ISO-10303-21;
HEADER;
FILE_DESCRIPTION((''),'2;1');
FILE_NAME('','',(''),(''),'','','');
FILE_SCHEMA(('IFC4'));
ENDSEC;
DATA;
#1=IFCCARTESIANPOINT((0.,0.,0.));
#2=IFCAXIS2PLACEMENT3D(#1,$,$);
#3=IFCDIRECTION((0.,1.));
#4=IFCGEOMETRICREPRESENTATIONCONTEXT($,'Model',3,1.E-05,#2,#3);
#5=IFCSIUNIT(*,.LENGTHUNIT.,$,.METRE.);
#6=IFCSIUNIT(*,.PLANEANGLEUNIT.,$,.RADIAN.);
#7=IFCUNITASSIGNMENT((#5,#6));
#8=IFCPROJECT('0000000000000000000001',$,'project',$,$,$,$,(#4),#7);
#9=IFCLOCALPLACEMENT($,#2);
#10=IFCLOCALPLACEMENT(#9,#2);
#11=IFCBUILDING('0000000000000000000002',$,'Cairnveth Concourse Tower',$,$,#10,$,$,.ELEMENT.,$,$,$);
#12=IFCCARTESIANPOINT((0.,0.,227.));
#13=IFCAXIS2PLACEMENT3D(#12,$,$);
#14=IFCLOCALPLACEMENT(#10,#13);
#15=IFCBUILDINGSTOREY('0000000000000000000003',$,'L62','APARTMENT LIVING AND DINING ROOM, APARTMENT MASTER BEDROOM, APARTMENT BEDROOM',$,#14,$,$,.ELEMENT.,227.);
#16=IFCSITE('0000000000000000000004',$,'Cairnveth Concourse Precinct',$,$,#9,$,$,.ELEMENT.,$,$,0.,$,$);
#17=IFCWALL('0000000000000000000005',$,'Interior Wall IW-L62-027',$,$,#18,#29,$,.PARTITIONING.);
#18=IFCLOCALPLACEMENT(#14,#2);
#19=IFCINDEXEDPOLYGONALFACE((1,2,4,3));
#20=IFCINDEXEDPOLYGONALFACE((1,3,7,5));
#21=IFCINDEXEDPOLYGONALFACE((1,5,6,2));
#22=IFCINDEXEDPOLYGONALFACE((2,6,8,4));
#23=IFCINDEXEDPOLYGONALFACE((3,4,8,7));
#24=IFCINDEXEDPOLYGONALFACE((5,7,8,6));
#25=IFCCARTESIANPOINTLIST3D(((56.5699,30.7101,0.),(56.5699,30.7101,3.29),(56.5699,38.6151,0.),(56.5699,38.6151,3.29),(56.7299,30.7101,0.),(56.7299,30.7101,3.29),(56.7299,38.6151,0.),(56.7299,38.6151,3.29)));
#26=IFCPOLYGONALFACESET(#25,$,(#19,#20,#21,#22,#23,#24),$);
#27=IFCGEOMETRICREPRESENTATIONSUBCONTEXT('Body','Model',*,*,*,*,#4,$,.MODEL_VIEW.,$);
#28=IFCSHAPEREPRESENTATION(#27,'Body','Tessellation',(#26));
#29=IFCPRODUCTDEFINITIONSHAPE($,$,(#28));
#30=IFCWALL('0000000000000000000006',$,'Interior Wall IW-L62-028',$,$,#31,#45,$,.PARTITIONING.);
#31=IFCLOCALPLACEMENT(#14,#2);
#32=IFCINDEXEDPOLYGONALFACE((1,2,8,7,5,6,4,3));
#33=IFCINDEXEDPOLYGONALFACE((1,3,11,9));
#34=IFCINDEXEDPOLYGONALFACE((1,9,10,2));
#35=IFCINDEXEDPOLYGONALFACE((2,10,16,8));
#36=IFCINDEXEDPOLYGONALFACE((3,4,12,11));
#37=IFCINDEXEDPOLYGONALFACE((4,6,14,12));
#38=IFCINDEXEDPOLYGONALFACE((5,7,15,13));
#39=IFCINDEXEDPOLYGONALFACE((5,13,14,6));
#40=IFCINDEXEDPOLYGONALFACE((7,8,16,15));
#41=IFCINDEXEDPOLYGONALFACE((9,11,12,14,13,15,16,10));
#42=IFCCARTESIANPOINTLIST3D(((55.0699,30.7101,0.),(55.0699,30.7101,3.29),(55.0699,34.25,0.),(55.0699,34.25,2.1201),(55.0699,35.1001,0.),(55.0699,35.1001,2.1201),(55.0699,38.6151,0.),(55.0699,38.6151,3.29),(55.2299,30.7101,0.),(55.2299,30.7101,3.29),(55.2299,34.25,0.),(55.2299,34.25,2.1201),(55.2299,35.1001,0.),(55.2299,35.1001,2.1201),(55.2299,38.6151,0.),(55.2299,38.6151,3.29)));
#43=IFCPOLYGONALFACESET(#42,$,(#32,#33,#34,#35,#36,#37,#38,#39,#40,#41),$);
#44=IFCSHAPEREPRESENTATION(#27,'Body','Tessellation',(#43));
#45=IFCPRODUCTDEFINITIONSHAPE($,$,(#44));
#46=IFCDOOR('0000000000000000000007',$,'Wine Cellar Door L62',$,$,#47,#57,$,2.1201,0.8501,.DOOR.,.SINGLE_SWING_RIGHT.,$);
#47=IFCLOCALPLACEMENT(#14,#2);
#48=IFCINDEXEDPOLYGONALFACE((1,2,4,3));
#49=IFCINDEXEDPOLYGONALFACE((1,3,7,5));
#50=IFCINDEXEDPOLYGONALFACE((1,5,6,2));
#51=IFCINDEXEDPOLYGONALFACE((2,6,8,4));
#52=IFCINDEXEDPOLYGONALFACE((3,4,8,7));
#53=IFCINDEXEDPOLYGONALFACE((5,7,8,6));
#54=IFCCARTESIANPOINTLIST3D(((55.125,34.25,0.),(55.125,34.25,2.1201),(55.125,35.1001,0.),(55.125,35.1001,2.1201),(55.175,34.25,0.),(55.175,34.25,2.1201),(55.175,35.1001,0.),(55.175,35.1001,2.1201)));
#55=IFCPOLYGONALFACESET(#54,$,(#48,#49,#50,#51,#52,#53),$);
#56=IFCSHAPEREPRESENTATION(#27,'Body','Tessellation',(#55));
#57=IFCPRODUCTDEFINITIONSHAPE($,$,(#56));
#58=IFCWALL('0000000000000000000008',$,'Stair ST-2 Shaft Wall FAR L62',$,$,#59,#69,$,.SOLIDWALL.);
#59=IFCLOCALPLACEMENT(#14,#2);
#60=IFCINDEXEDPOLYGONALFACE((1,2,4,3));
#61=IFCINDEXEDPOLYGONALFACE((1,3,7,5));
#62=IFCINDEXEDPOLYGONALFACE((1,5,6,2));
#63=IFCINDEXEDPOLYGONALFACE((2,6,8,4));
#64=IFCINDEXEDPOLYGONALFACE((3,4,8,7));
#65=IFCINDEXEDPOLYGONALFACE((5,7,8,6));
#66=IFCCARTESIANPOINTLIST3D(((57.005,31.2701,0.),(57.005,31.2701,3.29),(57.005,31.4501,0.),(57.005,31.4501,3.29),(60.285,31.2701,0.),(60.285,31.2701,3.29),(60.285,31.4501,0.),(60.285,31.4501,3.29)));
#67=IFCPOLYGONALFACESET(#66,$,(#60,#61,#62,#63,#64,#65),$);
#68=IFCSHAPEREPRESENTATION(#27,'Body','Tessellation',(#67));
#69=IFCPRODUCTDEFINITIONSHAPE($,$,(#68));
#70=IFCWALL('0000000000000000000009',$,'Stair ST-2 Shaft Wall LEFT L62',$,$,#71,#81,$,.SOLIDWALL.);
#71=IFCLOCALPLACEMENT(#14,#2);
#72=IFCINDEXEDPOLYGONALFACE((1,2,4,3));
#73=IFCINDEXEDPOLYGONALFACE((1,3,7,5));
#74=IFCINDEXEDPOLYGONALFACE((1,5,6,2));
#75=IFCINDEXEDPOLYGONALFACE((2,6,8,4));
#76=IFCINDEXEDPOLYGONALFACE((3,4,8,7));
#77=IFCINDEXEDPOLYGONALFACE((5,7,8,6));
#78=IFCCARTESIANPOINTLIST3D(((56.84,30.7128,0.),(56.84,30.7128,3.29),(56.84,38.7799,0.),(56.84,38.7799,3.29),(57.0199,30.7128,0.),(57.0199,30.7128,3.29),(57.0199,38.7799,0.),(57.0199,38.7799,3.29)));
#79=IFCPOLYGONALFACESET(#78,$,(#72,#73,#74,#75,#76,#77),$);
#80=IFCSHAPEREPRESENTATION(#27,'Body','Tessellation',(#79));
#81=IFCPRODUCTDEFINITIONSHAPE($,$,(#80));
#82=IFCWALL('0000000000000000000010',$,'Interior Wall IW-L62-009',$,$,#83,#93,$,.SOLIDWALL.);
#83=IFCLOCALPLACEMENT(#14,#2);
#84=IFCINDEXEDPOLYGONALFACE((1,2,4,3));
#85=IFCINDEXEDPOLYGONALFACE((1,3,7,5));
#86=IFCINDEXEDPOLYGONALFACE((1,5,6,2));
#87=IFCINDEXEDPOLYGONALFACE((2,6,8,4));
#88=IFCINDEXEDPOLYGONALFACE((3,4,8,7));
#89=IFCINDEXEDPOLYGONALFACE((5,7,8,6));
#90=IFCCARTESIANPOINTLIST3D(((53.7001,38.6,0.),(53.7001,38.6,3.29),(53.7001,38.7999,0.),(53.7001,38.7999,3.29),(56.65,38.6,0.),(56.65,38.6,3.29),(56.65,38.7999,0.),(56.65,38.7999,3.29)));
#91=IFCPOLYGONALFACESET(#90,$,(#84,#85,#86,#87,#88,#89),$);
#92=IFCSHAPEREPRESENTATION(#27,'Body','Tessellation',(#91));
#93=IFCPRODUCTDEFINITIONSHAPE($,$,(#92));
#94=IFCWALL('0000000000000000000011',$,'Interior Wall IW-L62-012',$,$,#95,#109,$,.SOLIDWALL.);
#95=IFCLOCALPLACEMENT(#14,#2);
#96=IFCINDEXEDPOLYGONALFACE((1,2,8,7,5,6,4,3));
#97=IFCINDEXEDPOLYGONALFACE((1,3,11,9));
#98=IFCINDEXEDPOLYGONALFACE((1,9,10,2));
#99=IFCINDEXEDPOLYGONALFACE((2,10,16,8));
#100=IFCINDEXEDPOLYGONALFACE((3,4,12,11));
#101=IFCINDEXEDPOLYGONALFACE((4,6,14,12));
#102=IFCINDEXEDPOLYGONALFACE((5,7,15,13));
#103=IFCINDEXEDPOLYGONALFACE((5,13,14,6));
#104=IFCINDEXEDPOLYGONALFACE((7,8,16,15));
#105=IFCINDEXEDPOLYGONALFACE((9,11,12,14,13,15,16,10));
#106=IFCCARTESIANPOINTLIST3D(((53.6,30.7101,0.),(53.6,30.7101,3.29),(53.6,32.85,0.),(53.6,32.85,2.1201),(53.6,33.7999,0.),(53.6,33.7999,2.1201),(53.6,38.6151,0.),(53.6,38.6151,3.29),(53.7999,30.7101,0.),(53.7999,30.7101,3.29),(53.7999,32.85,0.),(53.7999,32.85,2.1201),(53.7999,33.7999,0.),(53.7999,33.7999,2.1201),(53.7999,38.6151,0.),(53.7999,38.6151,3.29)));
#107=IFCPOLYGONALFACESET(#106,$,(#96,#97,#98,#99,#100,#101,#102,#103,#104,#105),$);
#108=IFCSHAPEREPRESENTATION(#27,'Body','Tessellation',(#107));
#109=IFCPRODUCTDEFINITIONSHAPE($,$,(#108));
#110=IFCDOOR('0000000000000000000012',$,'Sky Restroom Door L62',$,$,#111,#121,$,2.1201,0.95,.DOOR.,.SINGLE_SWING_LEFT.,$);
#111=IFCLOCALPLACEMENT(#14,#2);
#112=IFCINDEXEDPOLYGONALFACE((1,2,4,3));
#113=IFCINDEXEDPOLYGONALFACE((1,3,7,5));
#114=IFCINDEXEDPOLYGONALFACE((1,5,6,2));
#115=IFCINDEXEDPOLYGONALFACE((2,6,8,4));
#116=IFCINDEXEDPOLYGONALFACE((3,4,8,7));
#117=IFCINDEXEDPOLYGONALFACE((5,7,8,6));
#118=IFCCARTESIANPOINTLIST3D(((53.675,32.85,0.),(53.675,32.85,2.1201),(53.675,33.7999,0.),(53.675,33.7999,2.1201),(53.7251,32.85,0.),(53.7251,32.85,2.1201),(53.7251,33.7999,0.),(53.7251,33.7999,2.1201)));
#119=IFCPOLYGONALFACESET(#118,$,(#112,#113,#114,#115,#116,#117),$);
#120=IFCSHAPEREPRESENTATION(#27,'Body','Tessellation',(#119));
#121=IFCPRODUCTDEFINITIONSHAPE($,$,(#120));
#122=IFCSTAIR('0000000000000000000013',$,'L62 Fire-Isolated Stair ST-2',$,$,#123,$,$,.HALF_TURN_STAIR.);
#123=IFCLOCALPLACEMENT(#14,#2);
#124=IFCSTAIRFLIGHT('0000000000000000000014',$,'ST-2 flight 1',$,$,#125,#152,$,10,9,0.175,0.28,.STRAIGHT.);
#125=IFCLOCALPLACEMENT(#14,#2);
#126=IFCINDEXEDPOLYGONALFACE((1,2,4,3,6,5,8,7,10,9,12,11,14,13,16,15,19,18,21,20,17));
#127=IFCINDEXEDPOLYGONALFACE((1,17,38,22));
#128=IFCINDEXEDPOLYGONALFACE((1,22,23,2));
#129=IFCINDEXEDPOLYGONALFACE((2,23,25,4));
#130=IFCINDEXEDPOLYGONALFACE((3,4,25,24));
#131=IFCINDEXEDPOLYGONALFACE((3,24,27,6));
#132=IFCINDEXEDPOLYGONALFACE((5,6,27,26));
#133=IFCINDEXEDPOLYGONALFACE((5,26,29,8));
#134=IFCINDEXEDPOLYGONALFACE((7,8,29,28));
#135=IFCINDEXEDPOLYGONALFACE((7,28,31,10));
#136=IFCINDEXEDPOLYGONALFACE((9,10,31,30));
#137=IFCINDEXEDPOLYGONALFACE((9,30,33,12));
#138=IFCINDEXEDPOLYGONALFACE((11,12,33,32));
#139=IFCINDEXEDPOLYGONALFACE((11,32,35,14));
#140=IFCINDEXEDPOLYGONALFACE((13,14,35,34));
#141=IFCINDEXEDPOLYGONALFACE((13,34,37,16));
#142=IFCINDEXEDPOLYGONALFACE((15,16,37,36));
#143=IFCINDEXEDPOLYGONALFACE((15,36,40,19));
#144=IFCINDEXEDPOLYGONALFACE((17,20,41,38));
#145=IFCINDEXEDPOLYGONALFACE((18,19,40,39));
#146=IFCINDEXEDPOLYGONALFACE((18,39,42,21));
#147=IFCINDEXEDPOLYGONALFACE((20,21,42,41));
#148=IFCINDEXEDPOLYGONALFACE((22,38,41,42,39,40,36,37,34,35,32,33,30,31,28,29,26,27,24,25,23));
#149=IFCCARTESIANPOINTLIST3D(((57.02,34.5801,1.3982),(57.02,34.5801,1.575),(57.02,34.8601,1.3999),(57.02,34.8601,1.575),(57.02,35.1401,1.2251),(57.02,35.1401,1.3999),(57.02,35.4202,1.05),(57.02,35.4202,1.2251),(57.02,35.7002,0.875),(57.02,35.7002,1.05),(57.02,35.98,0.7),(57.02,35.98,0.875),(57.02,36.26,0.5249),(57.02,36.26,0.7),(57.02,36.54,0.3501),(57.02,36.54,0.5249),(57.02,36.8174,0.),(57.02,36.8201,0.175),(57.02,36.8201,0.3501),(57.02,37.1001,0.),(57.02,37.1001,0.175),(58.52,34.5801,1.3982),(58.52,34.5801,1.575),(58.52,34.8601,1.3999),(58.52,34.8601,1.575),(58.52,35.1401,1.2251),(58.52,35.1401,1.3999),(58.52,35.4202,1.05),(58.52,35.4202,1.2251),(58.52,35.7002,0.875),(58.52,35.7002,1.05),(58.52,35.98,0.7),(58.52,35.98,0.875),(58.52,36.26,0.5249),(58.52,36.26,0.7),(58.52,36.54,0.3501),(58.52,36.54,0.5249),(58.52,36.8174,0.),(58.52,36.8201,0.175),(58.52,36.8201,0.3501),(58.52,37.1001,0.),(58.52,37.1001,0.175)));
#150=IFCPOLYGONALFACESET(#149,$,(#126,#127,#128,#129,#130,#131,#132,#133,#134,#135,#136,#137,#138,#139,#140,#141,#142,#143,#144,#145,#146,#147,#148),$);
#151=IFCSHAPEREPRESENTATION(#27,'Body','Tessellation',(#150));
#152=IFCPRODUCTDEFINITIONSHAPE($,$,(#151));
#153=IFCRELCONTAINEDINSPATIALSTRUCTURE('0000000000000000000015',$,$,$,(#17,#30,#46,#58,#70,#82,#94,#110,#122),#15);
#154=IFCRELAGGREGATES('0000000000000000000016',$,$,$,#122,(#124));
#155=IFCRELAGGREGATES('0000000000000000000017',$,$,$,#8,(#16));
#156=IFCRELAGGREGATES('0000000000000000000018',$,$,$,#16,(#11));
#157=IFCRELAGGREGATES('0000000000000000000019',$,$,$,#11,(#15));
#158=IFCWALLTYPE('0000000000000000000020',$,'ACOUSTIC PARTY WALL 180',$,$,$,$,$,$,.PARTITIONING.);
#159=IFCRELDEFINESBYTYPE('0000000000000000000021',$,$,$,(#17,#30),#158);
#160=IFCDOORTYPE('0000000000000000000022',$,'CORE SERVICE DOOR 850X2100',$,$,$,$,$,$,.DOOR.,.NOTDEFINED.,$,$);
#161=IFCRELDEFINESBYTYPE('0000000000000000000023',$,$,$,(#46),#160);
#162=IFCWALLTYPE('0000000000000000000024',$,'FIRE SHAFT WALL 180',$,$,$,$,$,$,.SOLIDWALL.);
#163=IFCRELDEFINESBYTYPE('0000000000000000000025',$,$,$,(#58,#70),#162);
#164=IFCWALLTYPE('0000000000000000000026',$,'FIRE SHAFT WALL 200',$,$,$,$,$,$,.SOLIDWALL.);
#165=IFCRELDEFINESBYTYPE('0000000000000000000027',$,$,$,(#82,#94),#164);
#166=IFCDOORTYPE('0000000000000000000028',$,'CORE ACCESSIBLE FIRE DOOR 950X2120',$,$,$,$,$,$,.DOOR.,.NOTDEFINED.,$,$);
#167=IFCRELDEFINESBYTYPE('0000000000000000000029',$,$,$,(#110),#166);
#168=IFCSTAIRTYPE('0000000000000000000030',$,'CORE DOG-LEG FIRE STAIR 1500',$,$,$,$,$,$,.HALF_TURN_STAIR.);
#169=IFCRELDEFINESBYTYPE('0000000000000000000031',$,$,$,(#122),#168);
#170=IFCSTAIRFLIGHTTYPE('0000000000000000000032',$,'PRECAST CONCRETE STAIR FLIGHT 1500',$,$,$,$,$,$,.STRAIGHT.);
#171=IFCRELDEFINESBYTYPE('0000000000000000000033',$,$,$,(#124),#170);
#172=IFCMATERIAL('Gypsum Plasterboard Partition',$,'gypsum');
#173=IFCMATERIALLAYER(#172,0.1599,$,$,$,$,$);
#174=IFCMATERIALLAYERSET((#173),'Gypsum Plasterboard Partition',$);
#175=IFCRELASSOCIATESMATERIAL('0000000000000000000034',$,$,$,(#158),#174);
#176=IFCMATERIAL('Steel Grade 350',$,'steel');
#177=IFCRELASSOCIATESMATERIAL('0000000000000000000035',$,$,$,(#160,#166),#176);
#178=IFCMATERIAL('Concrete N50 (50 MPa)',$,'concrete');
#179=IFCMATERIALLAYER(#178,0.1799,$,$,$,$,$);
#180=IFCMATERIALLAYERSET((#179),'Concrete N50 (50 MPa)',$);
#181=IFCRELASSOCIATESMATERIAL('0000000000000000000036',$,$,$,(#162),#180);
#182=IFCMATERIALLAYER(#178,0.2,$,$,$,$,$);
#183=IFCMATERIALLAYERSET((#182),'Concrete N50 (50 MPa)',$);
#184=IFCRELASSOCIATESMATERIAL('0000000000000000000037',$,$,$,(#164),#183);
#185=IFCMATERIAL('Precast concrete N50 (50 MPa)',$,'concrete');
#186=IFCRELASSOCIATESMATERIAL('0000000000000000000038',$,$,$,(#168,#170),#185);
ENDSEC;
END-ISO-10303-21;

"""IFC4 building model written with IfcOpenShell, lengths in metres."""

from ifc_helpers import new_model, si_unit, direction, frame, frame_2d, origin, place, context, subcontext, project, spatial, polyline, rectangle, outline, extrude, material, layer, layer_set, type_object, element, fill, aggregate, save


model = new_model("IFC4")

# Units and contexts
model_context = context("Model", 3, precision=1e-05, world=origin(), true_north=direction((0.0, 1.0)))
body_context = subcontext(model_context, "Body", "Model", "MODEL_VIEW")
ifc_project = project(units=[si_unit("LENGTHUNIT", "METRE"), si_unit("PLANEANGLEUNIT", "RADIAN")], contexts=[model_context])

# Site, building, storey
site_placement = place(None, origin())
site = spatial("IfcSite", under=ifc_project, at=site_placement, Name="Cairnveth Concourse Precinct", CompositionType="ELEMENT", RefElevation=0.0)
building_placement = place(site_placement, origin())
building = spatial("IfcBuilding", under=site, at=building_placement, Name="Cairnveth Concourse Tower", CompositionType="ELEMENT")
storey_placement = place(building_placement, frame((0.0, 0.0, 227.0)))
storey = spatial("IfcBuildingStorey", under=building, at=storey_placement, Name="L62", Description="APARTMENT LIVING AND DINING ROOM, APARTMENT MASTER BEDROOM, APARTMENT BEDROOM", CompositionType="ELEMENT", Elevation=227.0)

# Wall
ifc_material_1 = material(Name="Gypsum Plasterboard Partition", Category="gypsum")
ifc_layer_1 = layer(ifc_material_1, 0.1599)
ifc_layer_set_1 = layer_set([ifc_layer_1], Name="Gypsum Plasterboard Partition")
wall_type_1 = type_object("IfcWallType", Name="ACOUSTIC PARTY WALL 180", PredefinedType="PARTITIONING", material=ifc_layer_set_1)
wall_1_placement = place(storey_placement, frame((56.6499, 30.71, 0.0), z_axis=(0.0, 0.0, 1.0), x_axis=(0.0, 1.0, 0.0)))
element("IfcWall", 1, at=wall_1_placement, inside=storey, type_object=wall_type_1, Name="Interior Wall IW-L62-027", PredefinedType="PARTITIONING", context=body_context, shape_type="SweptSolid", body=[
    extrude(rectangle(XDim=7.905, YDim=0.1599, at=frame_2d((3.9526, 0.0))), origin(), (0.0, 0.0, 1.0), 3.29),
])

# Wall, opening, door
wall_2_placement = place(storey_placement, frame((55.1499, 30.71, 0.0), z_axis=(0.0, 0.0, 1.0), x_axis=(0.0, 1.0, 0.0)))
wall_2 = element("IfcWall", 2, at=wall_2_placement, inside=storey, type_object=wall_type_1, Name="Interior Wall IW-L62-028", PredefinedType="PARTITIONING", context=body_context, shape_type="SweptSolid", body=[
    extrude(rectangle(XDim=7.905, YDim=0.1599, at=frame_2d((3.9526, 0.0))), origin(), (0.0, 0.0, 1.0), 3.29),
])
opening_1_placement = place(wall_2_placement, frame((3.54, 0.0, 0.0)))
opening_1 = element("IfcOpeningElement", 3, at=opening_1_placement, cuts=wall_2, PredefinedType="OPENING", context=body_context, shape_type="SweptSolid", body=[
    extrude(rectangle(XDim=0.8501, YDim=2.1201, at=frame_2d((0.425, 1.0601))), frame((0.0, 0.0898, 0.0), z_axis=(0.0, -1.0, 0.0), x_axis=(1.0, 0.0, 0.0)), (0.0, 0.0, 1.0), 0.1799),
])
ifc_material_2 = material(Name="Steel Grade 350", Category="steel")
door_type_1 = type_object("IfcDoorType", Name="CORE SERVICE DOOR 850X2100", OperationType="NOTDEFINED", PredefinedType="DOOR", material=ifc_material_2)
door_1_placement = place(opening_1_placement, origin())
door_1 = element("IfcDoor", 4, at=door_1_placement, inside=storey, type_object=door_type_1, Name="Wine Cellar Door L62", OperationType="SINGLE_SWING_RIGHT", OverallHeight=2.1201, OverallWidth=0.8501, PredefinedType="DOOR", context=body_context, shape_type="SweptSolid", body=[
    extrude(rectangle(XDim=0.8501, YDim=2.1201, at=frame_2d((0.425, 1.0601))), frame((0.0, 0.0249, 0.0), z_axis=(0.0, -1.0, 0.0), x_axis=(1.0, 0.0, 0.0)), (0.0, 0.0, 1.0), 0.05),
])
fill(opening_1, door_1)
ifc_material_3 = material(Name="Concrete N50 (50 MPa)", Category="concrete")
ifc_layer_2 = layer(ifc_material_3, 0.1799)
ifc_layer_set_2 = layer_set([ifc_layer_2], Name="Concrete N50 (50 MPa)")
wall_type_2 = type_object("IfcWallType", Name="FIRE SHAFT WALL 180", PredefinedType="SOLIDWALL", material=ifc_layer_set_2)

# Walls
wall_3_placement = place(storey_placement, frame((57.0049, 31.3601, 0.0), z_axis=(0.0, 0.0, 1.0), x_axis=(1.0, 0.0, 0.0)))
element("IfcWall", 5, at=wall_3_placement, inside=storey, type_object=wall_type_2, Name="Stair ST-2 Shaft Wall FAR L62", PredefinedType="SOLIDWALL", context=body_context, shape_type="SweptSolid", body=[
    extrude(rectangle(XDim=3.28, YDim=0.1799, at=frame_2d((1.6401, 0.0))), origin(), (0.0, 0.0, 1.0), 3.29),
])
wall_4_placement = place(storey_placement, frame((56.9299, 38.78, 0.0), z_axis=(0.0, 0.0, 1.0), x_axis=(0.0, -1.0, 0.0)))
element("IfcWall", 6, at=wall_4_placement, inside=storey, type_object=wall_type_2, Name="Stair ST-2 Shaft Wall LEFT L62", PredefinedType="SOLIDWALL", context=body_context, shape_type="SweptSolid", body=[
    extrude(rectangle(XDim=8.0671, YDim=0.1799, at=frame_2d((4.0337, 0.0))), origin(), (0.0, 0.0, 1.0), 3.29),
])
ifc_layer_3 = layer(ifc_material_3, 0.2)
ifc_layer_set_3 = layer_set([ifc_layer_3], Name="Concrete N50 (50 MPa)")
wall_type_3 = type_object("IfcWallType", Name="FIRE SHAFT WALL 200", PredefinedType="SOLIDWALL", material=ifc_layer_set_3)
wall_5_placement = place(storey_placement, frame((53.7, 38.7, 0.0), z_axis=(0.0, 0.0, 1.0), x_axis=(1.0, 0.0, 0.0)))
element("IfcWall", 7, at=wall_5_placement, inside=storey, type_object=wall_type_3, Name="Interior Wall IW-L62-009", PredefinedType="SOLIDWALL", context=body_context, shape_type="SweptSolid", body=[
    extrude(rectangle(XDim=2.95, YDim=0.2, at=frame_2d((1.4751, 0.0))), origin(), (0.0, 0.0, 1.0), 3.29),
])

# Wall, opening, door
wall_6_placement = place(storey_placement, frame((53.7, 30.71, 0.0), z_axis=(0.0, 0.0, 1.0), x_axis=(0.0, 1.0, 0.0)))
wall_6 = element("IfcWall", 8, at=wall_6_placement, inside=storey, type_object=wall_type_3, Name="Interior Wall IW-L62-012", PredefinedType="SOLIDWALL", context=body_context, shape_type="SweptSolid", body=[
    extrude(rectangle(XDim=7.905, YDim=0.2, at=frame_2d((3.9526, 0.0))), origin(), (0.0, 0.0, 1.0), 3.29),
])
opening_2_placement = place(wall_6_placement, frame((2.1399, 0.0, 0.0)))
opening_2 = element("IfcOpeningElement", 9, at=opening_2_placement, cuts=wall_6, PredefinedType="OPENING", context=body_context, shape_type="SweptSolid", body=[
    extrude(rectangle(XDim=0.95, YDim=2.1201, at=frame_2d((0.4751, 1.0601))), frame((0.0, 0.1099, 0.0), z_axis=(0.0, -1.0, 0.0), x_axis=(1.0, 0.0, 0.0)), (0.0, 0.0, 1.0), 0.22),
])
door_type_2 = type_object("IfcDoorType", Name="CORE ACCESSIBLE FIRE DOOR 950X2120", OperationType="NOTDEFINED", PredefinedType="DOOR", material=ifc_material_2)
door_2_placement = place(opening_2_placement, origin())
door_2 = element("IfcDoor", 10, at=door_2_placement, inside=storey, type_object=door_type_2, Name="Sky Restroom Door L62", OperationType="SINGLE_SWING_LEFT", OverallHeight=2.1201, OverallWidth=0.95, PredefinedType="DOOR", context=body_context, shape_type="SweptSolid", body=[
    extrude(rectangle(XDim=0.95, YDim=2.1201, at=frame_2d((0.4751, 1.0601))), frame((0.0, 0.0249, 0.0), z_axis=(0.0, -1.0, 0.0), x_axis=(1.0, 0.0, 0.0)), (0.0, 0.0, 1.0), 0.05),
])
fill(opening_2, door_2)

# Stair, stair flight
ifc_material_4 = material(Name="Precast concrete N50 (50 MPa)", Category="concrete")
stair_type = type_object("IfcStairType", Name="CORE DOG-LEG FIRE STAIR 1500", PredefinedType="HALF_TURN_STAIR", material=ifc_material_4)
stair_placement = place(storey_placement, origin())
stair = element("IfcStair", 11, at=stair_placement, inside=storey, type_object=stair_type, Name="L62 Fire-Isolated Stair ST-2", PredefinedType="HALF_TURN_STAIR")
stair_flight_type = type_object("IfcStairFlightType", Name="PRECAST CONCRETE STAIR FLIGHT 1500", PredefinedType="STRAIGHT", material=ifc_material_4)
stair_flight_1_placement = place(storey_placement, frame((57.77, 37.1001, 0.0), z_axis=(0.0, 0.0, 1.0), x_axis=(0.0, -1.0, 0.0)))
stair_flight_1 = element("IfcStairFlight", 12, at=stair_flight_1_placement, type_object=stair_flight_type, Name="ST-2 flight 1", NumberOfRisers=10, NumberOfTreads=9, PredefinedType="STRAIGHT", RiserHeight=0.175, TreadLength=0.28, context=body_context, shape_type="SweptSolid", body=[
    extrude(outline(polyline([(0.0, 0.0), (0.0, 0.175), (0.28, 0.175), (0.28, 0.3501), (0.5601, 0.3501), (0.5601, 0.5249), (0.8401, 0.5249), (0.8401, 0.7), (1.1201, 0.7), (1.1201, 0.875), (1.3999, 0.875), (1.3999, 1.05), (1.6799, 1.05), (1.6799, 1.2251), (1.96, 1.2251), (1.96, 1.3999), (2.24, 1.3999), (2.24, 1.575), (2.52, 1.575), (2.52, 1.75), (2.52, 1.3982), (0.2827, 0.0), (0.0, 0.0)])), frame((0.0, 0.75, 0.0), z_axis=(0.0, -1.0, 0.0), x_axis=(1.0, 0.0, 0.0)), (0.0, 0.0, 1.0), 1.5),
])
aggregate(stair, [stair_flight_1])

save(model, "model.ifc")
